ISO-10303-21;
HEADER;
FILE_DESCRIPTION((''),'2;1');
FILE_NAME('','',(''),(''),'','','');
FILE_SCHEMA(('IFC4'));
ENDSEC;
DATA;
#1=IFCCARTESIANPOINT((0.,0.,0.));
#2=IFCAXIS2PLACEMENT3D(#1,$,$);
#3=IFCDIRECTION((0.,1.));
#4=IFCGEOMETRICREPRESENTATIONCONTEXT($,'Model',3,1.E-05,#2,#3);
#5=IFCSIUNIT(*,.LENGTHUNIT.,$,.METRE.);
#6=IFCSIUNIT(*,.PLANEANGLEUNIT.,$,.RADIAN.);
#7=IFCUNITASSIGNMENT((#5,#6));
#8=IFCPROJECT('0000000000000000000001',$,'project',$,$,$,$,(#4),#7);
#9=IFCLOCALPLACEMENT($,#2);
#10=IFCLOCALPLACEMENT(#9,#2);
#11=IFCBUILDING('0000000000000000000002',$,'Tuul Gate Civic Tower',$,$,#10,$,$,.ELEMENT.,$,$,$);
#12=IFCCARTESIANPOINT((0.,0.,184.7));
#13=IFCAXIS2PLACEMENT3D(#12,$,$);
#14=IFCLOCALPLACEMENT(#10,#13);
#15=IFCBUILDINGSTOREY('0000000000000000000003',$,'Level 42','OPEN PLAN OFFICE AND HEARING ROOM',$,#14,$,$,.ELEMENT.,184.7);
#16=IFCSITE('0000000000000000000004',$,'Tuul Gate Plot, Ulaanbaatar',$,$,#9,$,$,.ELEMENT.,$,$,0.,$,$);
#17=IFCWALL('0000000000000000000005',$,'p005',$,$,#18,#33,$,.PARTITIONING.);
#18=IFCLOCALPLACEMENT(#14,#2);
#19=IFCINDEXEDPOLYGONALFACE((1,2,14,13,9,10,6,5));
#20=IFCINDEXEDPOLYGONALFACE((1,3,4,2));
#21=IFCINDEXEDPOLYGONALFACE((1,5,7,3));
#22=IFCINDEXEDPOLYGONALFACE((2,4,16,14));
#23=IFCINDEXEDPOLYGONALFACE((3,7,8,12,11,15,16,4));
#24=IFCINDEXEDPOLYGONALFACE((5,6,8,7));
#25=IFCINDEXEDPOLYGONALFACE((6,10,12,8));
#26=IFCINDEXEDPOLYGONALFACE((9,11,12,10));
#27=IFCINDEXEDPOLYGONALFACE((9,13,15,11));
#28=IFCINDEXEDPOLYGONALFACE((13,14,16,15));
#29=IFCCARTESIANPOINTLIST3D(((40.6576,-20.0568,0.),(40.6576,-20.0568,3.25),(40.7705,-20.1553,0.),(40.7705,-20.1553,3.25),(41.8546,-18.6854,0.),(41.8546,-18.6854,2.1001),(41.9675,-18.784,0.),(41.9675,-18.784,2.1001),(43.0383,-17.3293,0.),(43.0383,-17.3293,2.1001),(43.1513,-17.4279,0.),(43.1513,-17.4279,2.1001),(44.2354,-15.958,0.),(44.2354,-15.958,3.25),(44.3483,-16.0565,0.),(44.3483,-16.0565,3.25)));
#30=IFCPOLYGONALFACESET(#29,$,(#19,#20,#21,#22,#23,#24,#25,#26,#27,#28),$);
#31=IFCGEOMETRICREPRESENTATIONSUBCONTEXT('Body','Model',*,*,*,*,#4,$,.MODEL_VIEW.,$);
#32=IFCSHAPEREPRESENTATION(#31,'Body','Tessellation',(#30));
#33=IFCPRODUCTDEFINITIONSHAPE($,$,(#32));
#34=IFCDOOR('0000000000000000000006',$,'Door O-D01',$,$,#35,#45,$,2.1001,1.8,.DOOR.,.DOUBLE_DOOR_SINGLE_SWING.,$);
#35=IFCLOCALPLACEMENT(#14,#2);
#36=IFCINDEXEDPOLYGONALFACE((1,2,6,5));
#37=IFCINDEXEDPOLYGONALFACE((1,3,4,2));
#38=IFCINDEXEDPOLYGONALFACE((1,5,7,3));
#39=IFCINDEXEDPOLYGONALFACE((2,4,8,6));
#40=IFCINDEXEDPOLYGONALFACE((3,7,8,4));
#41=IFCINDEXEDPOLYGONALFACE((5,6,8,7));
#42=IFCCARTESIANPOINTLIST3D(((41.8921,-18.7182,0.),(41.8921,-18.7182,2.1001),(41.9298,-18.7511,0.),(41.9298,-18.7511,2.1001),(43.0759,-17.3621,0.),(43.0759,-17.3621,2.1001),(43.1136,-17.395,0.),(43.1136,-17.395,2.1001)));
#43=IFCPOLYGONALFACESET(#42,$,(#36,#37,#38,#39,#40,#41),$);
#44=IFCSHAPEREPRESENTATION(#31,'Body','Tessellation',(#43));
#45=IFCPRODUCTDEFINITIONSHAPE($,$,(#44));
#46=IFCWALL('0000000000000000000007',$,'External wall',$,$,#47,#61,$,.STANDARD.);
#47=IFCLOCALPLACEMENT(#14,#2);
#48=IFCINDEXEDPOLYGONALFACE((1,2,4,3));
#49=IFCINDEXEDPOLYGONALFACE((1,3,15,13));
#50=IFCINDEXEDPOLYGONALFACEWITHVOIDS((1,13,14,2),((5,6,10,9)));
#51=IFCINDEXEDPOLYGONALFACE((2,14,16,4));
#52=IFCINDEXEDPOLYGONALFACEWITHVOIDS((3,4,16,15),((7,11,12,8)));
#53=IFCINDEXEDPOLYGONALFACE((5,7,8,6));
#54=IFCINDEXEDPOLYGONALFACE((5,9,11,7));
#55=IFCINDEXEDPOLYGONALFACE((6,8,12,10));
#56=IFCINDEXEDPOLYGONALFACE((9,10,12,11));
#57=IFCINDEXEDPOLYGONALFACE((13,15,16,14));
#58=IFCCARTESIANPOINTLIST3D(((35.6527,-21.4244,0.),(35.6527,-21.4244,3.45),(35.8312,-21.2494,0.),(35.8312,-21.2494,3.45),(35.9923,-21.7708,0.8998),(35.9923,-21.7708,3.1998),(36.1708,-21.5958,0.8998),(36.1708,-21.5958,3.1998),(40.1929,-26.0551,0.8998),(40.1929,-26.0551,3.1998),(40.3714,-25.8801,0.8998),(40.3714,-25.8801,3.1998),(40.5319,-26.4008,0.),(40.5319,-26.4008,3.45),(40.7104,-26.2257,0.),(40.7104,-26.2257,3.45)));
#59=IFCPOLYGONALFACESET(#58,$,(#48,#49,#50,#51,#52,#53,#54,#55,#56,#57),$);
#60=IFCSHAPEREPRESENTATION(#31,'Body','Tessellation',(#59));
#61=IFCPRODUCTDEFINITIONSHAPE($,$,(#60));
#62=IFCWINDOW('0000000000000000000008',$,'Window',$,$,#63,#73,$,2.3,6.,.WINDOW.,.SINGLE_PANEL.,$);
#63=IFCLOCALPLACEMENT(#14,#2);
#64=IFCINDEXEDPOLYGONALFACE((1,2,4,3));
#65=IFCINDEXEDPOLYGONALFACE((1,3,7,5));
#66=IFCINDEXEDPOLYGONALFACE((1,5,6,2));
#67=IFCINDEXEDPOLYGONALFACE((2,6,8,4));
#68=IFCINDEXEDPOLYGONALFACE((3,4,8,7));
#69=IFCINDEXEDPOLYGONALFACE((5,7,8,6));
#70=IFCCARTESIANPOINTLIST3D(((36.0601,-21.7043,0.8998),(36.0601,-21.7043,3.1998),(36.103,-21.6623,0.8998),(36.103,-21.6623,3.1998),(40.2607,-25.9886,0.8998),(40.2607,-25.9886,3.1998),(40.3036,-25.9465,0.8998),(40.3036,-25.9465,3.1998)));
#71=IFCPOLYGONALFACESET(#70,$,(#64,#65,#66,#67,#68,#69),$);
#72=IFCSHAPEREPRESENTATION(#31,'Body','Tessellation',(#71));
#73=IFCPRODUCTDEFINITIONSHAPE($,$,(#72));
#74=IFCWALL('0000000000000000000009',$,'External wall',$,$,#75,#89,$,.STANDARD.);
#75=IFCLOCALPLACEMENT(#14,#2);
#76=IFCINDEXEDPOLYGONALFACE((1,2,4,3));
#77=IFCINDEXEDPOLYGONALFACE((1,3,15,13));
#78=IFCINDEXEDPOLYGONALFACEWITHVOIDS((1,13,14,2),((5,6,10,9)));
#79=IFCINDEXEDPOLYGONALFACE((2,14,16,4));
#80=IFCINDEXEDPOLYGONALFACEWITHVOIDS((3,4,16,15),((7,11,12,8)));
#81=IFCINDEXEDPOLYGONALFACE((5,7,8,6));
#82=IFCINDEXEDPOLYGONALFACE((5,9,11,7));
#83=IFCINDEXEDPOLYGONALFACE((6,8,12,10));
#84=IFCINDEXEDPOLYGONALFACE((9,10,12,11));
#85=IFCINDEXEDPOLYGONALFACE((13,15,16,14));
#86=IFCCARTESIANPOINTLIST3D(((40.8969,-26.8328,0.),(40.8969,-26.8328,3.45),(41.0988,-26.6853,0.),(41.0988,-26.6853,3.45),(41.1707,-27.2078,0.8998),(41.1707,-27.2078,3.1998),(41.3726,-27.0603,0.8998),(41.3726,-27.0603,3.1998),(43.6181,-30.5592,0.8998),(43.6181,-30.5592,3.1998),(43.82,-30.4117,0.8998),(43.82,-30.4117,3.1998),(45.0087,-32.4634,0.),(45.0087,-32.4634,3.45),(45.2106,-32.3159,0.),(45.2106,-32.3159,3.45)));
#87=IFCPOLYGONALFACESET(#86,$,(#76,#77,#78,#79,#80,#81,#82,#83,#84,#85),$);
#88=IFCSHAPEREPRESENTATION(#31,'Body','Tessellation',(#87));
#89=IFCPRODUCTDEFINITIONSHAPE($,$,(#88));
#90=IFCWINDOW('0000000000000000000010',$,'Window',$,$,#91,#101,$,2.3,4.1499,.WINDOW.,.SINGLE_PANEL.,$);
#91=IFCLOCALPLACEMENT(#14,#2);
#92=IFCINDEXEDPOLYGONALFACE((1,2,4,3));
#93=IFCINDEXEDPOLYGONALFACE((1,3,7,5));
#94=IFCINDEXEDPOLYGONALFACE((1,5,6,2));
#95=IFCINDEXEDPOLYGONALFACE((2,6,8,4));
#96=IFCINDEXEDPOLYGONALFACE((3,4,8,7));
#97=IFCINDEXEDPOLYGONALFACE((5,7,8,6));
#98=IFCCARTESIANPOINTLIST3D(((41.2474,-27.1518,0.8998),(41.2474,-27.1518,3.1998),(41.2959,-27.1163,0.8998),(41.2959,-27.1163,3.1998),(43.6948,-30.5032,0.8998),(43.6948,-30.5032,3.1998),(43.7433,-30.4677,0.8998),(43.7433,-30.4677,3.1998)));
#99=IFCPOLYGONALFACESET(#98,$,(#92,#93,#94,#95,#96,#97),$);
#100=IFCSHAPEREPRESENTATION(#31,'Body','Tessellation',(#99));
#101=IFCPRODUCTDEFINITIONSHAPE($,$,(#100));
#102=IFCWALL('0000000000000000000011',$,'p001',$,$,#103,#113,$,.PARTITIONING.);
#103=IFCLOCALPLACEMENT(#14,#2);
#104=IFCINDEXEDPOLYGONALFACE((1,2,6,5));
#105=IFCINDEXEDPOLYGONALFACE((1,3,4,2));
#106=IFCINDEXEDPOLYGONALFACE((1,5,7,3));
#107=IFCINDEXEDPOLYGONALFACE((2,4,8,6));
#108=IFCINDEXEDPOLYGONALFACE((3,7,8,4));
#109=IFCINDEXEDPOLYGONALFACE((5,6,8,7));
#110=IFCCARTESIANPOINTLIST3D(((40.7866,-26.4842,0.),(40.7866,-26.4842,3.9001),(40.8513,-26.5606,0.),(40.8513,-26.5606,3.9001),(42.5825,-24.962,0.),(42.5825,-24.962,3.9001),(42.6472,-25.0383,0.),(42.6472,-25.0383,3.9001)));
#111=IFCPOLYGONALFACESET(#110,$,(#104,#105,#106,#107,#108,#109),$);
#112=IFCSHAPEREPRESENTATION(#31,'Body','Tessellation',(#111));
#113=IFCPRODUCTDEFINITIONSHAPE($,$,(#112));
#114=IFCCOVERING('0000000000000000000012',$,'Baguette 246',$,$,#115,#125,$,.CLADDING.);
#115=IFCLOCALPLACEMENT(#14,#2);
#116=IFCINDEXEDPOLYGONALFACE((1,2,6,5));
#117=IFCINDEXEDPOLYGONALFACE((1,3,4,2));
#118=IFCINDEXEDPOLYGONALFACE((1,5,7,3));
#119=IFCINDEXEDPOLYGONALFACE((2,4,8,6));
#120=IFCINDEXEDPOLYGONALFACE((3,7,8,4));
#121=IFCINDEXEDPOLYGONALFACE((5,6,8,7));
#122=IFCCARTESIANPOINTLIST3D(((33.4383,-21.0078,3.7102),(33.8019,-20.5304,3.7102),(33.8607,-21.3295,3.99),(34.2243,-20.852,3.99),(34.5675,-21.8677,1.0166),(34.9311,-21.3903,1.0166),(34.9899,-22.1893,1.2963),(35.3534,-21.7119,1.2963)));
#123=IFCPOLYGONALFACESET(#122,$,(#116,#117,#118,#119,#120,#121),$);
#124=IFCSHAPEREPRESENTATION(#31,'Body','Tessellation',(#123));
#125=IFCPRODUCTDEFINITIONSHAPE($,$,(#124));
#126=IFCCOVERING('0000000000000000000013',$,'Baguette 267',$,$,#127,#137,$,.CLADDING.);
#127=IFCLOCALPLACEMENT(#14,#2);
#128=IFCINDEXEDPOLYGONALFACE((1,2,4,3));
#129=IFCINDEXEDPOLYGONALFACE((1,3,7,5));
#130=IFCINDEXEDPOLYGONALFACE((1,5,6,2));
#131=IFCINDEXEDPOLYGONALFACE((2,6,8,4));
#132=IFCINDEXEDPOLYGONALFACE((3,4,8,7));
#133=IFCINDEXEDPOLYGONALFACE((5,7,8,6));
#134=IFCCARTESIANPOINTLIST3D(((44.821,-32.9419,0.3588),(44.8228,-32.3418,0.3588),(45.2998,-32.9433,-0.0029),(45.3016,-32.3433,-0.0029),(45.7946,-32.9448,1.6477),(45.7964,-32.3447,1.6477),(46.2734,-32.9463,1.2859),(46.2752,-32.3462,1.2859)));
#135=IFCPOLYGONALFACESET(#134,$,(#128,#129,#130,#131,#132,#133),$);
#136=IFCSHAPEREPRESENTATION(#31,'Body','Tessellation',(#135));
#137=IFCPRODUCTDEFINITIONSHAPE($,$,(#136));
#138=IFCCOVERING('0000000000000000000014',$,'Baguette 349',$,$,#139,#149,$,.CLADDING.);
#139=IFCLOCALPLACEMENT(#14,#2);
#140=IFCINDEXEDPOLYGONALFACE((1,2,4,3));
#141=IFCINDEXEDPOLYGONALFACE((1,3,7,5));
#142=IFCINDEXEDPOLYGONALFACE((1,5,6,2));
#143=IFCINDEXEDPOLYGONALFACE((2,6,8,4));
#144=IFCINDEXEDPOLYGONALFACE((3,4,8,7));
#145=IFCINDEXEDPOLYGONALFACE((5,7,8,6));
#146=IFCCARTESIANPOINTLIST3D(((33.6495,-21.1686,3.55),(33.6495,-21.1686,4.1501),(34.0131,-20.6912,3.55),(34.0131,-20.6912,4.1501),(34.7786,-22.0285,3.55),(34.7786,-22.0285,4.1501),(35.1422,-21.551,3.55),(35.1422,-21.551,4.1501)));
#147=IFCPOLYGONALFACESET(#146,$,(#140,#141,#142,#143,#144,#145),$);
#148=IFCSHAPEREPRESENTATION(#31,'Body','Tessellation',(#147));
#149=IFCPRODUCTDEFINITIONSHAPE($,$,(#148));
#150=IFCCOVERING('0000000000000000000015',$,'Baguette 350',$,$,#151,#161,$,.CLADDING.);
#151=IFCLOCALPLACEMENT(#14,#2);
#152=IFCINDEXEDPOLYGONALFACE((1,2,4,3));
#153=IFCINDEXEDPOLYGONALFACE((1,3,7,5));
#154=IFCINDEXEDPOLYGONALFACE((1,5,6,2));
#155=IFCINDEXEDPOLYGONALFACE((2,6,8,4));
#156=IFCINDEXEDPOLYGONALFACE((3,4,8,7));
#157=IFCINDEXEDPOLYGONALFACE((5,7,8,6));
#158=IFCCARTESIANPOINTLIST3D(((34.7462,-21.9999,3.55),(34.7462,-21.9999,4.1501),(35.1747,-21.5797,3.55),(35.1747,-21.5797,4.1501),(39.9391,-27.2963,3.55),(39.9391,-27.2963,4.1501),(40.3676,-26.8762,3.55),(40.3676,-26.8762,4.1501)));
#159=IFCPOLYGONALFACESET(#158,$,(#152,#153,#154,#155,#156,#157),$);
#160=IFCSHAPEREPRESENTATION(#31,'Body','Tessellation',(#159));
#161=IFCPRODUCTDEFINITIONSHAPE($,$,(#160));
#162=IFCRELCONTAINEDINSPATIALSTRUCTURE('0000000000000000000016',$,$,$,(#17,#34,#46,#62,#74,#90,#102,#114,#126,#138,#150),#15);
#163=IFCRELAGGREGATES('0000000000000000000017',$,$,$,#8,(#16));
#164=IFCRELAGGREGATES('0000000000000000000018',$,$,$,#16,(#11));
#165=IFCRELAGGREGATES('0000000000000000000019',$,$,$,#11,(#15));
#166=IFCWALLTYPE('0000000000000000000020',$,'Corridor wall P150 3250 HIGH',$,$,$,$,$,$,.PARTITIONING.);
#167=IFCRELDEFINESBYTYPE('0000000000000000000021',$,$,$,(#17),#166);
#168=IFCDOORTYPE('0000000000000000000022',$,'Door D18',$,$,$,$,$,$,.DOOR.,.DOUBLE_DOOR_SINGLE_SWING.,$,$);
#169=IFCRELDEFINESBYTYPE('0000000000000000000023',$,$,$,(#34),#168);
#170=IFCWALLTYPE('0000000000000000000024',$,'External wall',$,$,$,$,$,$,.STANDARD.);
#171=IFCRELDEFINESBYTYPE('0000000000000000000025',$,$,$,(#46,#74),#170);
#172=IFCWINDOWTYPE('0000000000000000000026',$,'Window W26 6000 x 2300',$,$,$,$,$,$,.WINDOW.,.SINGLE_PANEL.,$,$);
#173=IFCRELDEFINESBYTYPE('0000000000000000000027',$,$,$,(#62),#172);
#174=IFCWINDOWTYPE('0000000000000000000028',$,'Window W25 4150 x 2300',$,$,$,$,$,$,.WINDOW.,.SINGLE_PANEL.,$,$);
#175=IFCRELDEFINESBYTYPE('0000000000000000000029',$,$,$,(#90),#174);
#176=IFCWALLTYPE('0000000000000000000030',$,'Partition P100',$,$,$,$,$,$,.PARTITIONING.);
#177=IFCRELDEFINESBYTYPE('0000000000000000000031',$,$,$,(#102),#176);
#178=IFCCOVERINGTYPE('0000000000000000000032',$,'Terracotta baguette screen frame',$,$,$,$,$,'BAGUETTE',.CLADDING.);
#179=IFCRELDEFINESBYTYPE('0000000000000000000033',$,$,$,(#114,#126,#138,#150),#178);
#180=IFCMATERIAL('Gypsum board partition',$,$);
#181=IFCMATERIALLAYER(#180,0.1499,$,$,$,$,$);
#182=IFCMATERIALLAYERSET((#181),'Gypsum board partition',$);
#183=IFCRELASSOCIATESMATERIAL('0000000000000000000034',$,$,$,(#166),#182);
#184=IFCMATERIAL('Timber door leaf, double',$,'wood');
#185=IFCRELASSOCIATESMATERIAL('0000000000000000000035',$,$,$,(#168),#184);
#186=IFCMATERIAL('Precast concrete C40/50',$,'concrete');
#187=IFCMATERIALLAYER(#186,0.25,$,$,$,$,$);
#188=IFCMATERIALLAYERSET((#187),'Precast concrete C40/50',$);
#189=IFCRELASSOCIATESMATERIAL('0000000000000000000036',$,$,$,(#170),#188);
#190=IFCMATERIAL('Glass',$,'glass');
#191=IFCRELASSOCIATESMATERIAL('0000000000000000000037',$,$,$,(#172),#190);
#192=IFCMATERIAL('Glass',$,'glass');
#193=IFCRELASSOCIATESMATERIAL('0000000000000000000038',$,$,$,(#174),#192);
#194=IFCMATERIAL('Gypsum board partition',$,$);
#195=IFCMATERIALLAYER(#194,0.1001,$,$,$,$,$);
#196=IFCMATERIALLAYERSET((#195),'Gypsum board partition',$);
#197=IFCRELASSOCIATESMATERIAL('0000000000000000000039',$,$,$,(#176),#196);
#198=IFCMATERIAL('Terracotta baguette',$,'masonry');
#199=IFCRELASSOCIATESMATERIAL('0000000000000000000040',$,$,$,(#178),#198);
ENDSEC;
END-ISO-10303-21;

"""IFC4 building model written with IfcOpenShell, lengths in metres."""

from ifc_helpers import new_model, si_unit, direction, frame, frame_2d, origin, origin_2d, place, context, subcontext, project, spatial, rectangle, extrude, material, layer, layer_set, material_profile, profile_set, type_object, element, fill, save


model = new_model("IFC4")

# Units and contexts
model_context = context("Model", 3, precision=1e-05, world=origin(), true_north=direction((0.0, 1.0)))
body_context = subcontext(model_context, "Body", "Model", "MODEL_VIEW")
ifc_project = project(units=[si_unit("LENGTHUNIT", "METRE"), si_unit("PLANEANGLEUNIT", "RADIAN")], contexts=[model_context])

# Site, building, storey
site_placement = place(None, origin())
site = spatial("IfcSite", under=ifc_project, at=site_placement, Name="Tuul Gate Plot, Ulaanbaatar", CompositionType="ELEMENT", RefElevation=0.0)
building_placement = place(site_placement, origin())
building = spatial("IfcBuilding", under=site, at=building_placement, Name="Tuul Gate Civic Tower", CompositionType="ELEMENT")
storey_placement = place(building_placement, frame((0.0, 0.0, 184.7)))
storey = spatial("IfcBuildingStorey", under=building, at=storey_placement, Name="Level 42", Description="OPEN PLAN OFFICE AND HEARING ROOM", CompositionType="ELEMENT", Elevation=184.7)

# Wall, opening, door
ifc_material_1 = material(Name="Gypsum board partition")
ifc_layer_1 = layer(ifc_material_1, 0.1499)
ifc_layer_set_1 = layer_set([ifc_layer_1], Name="Gypsum board partition")
wall_type_1 = type_object("IfcWallType", Name="Corridor wall P150 3250 HIGH", PredefinedType="PARTITIONING", material=ifc_layer_set_1)
wall_1_placement = place(storey_placement, frame((40.7141, -20.106, 0.0), z_axis=(0.0, 0.0, 1.0), x_axis=(0.657605, 0.753363, 0.0)))
wall_1 = element("IfcWall", 1, at=wall_1_placement, inside=storey, type_object=wall_type_1, Name="p005", PredefinedType="PARTITIONING", context=body_context, shape_type="SweptSolid", body=[
    extrude(rectangle(XDim=5.4407, YDim=0.1499, at=frame_2d((2.7202, 0.0))), origin(), (0.0, 0.0, 1.0), 3.25),
])
opening_1_placement = place(wall_1_placement, frame((1.8203, 0.0, 0.0)))
opening_1 = element("IfcOpeningElement", 2, at=opening_1_placement, cuts=wall_1, PredefinedType="OPENING", context=body_context, shape_type="SweptSolid", body=[
    extrude(rectangle(XDim=1.8, YDim=2.1001, at=frame_2d((0.8999, 1.05))), frame((0.0, 0.085, 0.0), z_axis=(0.0, -1.0, 0.0), x_axis=(1.0, 0.0, 0.0)), (0.0, 0.0, 1.0), 0.1699),
])
ifc_material_2 = material(Name="Timber door leaf, double", Category="wood")
door_type = type_object("IfcDoorType", Name="Door D18", OperationType="DOUBLE_DOOR_SINGLE_SWING", PredefinedType="DOOR", material=ifc_material_2)
door_placement = place(opening_1_placement, frame((1.8, 0.0, 0.0), z_axis=(0.0, 0.0, 1.0), x_axis=(-1.0, 0.0, 0.0)))
door = element("IfcDoor", 3, at=door_placement, inside=storey, type_object=door_type, Name="Door O-D01", OperationType="DOUBLE_DOOR_SINGLE_SWING", OverallHeight=2.1001, OverallWidth=1.8, PredefinedType="DOOR", context=body_context, shape_type="SweptSolid", body=[
    extrude(rectangle(XDim=1.8, YDim=2.1001, at=frame_2d((0.9001, 1.05))), frame((0.0, 0.0249, 0.0), z_axis=(0.0, -1.0, 0.0), x_axis=(1.0, 0.0, 0.0)), (0.0, 0.0, 1.0), 0.05),
])
fill(opening_1, door)

# Walls, openings, windows
ifc_material_3 = material(Name="Precast concrete C40/50", Category="concrete")
ifc_layer_2 = layer(ifc_material_3, 0.25)
ifc_layer_set_2 = layer_set([ifc_layer_2], Name="Precast concrete C40/50")
wall_type_2 = type_object("IfcWallType", Name="External wall", PredefinedType="STANDARD", material=ifc_layer_set_2)
wall_2_placement = place(storey_placement, frame((35.7419, -21.3369, 0.0), z_axis=(0.0, 0.0, 1.0), x_axis=(0.700101, -0.714044, 0.0)))
wall_2 = element("IfcWall", 4, at=wall_2_placement, inside=storey, type_object=wall_type_2, Name="External wall", PredefinedType="STANDARD", context=body_context, shape_type="SweptSolid", body=[
    extrude(rectangle(XDim=6.9692, YDim=0.25, at=frame_2d((3.4846, 0.0))), origin(), (0.0, 0.0, 1.0), 3.45),
])
opening_2_placement = place(wall_2_placement, frame((0.4851, 0.0, 0.8999)))
opening_2 = element("IfcOpeningElement", 5, at=opening_2_placement, cuts=wall_2, PredefinedType="OPENING", context=body_context, shape_type="SweptSolid", body=[
    extrude(rectangle(XDim=6.0, YDim=2.3, at=frame_2d((3.0, 1.1499))), frame((0.0, 0.135, 0.0), z_axis=(0.0, -1.0, 0.0), x_axis=(1.0, 0.0, 0.0)), (0.0, 0.0, 1.0), 0.27),
])
ifc_material_4 = material(Name="Glass", Category="glass")
window_type_1 = type_object("IfcWindowType", Name="Window W26 6000 x 2300", PartitioningType="SINGLE_PANEL", PredefinedType="WINDOW", material=ifc_material_4)
window_1_placement = place(opening_2_placement, origin())
window_1 = element("IfcWindow", 6, at=window_1_placement, inside=storey, type_object=window_type_1, Name="Window", OverallHeight=2.3, OverallWidth=6.0, PartitioningType="SINGLE_PANEL", PredefinedType="WINDOW", context=body_context, shape_type="SweptSolid", body=[
    extrude(rectangle(XDim=6.0, YDim=2.3, at=frame_2d((3.0, 1.1499))), frame((0.0, 0.03, 0.0), z_axis=(0.0, -1.0, 0.0), x_axis=(1.0, 0.0, 0.0)), (0.0, 0.0, 1.0), 0.0601),
])
fill(opening_2, window_1)
wall_3_placement = place(storey_placement, frame((40.9978, -26.759, 0.0), z_axis=(0.0, 0.0, 1.0), x_axis=(0.589749, -0.807587, 0.0)))
wall_3 = element("IfcWall", 7, at=wall_3_placement, inside=storey, type_object=wall_type_2, Name="External wall", PredefinedType="STANDARD", context=body_context, shape_type="SweptSolid", body=[
    extrude(rectangle(XDim=6.9722, YDim=0.25, at=frame_2d((3.4861, 0.0))), origin(), (0.0, 0.0, 1.0), 3.45),
])
opening_3_placement = place(wall_3_placement, frame((0.4644, 0.0, 0.8999)))
opening_3 = element("IfcOpeningElement", 8, at=opening_3_placement, cuts=wall_3, PredefinedType="OPENING", context=body_context, shape_type="SweptSolid", body=[
    extrude(rectangle(XDim=4.1499, YDim=2.3, at=frame_2d((2.075, 1.1499))), frame((0.0, 0.135, 0.0), z_axis=(0.0, -1.0, 0.0), x_axis=(1.0, 0.0, 0.0)), (0.0, 0.0, 1.0), 0.27),
])
ifc_material_5 = material(Name="Glass", Category="glass")
window_type_2 = type_object("IfcWindowType", Name="Window W25 4150 x 2300", PartitioningType="SINGLE_PANEL", PredefinedType="WINDOW", material=ifc_material_5)
window_2_placement = place(opening_3_placement, origin())
window_2 = element("IfcWindow", 9, at=window_2_placement, inside=storey, type_object=window_type_2, Name="Window", OverallHeight=2.3, OverallWidth=4.1499, PartitioningType="SINGLE_PANEL", PredefinedType="WINDOW", context=body_context, shape_type="SweptSolid", body=[
    extrude(rectangle(XDim=4.1499, YDim=2.3, at=frame_2d((2.075, 1.1499))), frame((0.0, 0.03, 0.0), z_axis=(0.0, -1.0, 0.0), x_axis=(1.0, 0.0, 0.0)), (0.0, 0.0, 1.0), 0.0601),
])
fill(opening_3, window_2)

# Wall
ifc_material_6 = material(Name="Gypsum board partition")
ifc_layer_3 = layer(ifc_material_6, 0.1001)
ifc_layer_set_3 = layer_set([ifc_layer_3], Name="Gypsum board partition")
wall_type_3 = type_object("IfcWallType", Name="Partition P100", PredefinedType="PARTITIONING", material=ifc_layer_set_3)
wall_4_placement = place(storey_placement, frame((40.8188, -26.5225, 0.0), z_axis=(0.0, 0.0, 1.0), x_axis=(0.762839, 0.646588, 0.0)))
element("IfcWall", 10, at=wall_4_placement, inside=storey, type_object=wall_type_3, Name="p001", PredefinedType="PARTITIONING", context=body_context, shape_type="SweptSolid", body=[
    extrude(rectangle(XDim=2.3542, YDim=0.1001, at=frame_2d((1.1772, 0.0))), origin(), (0.0, 0.0, 1.0), 3.9001),
])

# Coverings
ifc_material_7 = material(Name="Terracotta baguette", Category="masonry")
ifc_material_profile_1 = material_profile(ifc_material_7, rectangle(XDim=0.6001, YDim=0.6001, at=origin_2d()), Name="Terracotta baguette screen frame")
ifc_profile_set_1 = profile_set([ifc_material_profile_1], Name="Terracotta baguette")
covering_type = type_object("IfcCoveringType", Name="Terracotta baguette screen frame", ElementType="BAGUETTE", PredefinedType="CLADDING", material=ifc_profile_set_1)
covering_1_placement = place(storey_placement, frame((33.8313, -20.9299, 3.8501), z_axis=(0.370865, -0.282419, -0.884703), x_axis=(0.605846, 0.795582, 0.0)))
element("IfcCovering", 11, at=covering_1_placement, inside=storey, type_object=covering_type, Name="Baguette 246", PredefinedType="CLADDING", context=body_context, shape_type="SweptSolid", body=[
    extrude(rectangle(XDim=0.6001, YDim=0.6001, at=origin_2d()), origin(), (0.0, 0.0, 1.0), 3.0447),
])
covering_2_placement = place(storey_placement, frame((45.0613, -32.6426, 0.178), z_axis=(0.602777, -0.001814, 0.797908), x_axis=(0.003009, 0.999995, 0.0)))
element("IfcCovering", 12, at=covering_2_placement, inside=storey, type_object=covering_type, Name="Baguette 267", PredefinedType="CLADDING", context=body_context, shape_type="SweptSolid", body=[
    extrude(rectangle(XDim=0.6001, YDim=0.6001, at=origin_2d()), origin(), (0.0, 0.0, 1.0), 1.6152),
])
covering_3_placement = place(storey_placement, frame((33.8313, -20.9299, 3.8501), z_axis=(0.795582, -0.605846, 0.0), x_axis=(0.605846, 0.795582, 0.0)))
element("IfcCovering", 13, at=covering_3_placement, inside=storey, type_object=covering_type, Name="Baguette 349", PredefinedType="CLADDING", context=body_context, shape_type="SweptSolid", body=[
    extrude(rectangle(XDim=0.6001, YDim=0.6001, at=origin_2d()), origin(), (0.0, 0.0, 1.0), 1.4192),
])
covering_4_placement = place(storey_placement, frame((34.9604, -21.7898, 3.8501), z_axis=(0.700094, -0.71405, 0.0), x_axis=(0.71405, 0.700094, 0.0)))
element("IfcCovering", 14, at=covering_4_placement, inside=storey, type_object=covering_type, Name="Baguette 350", PredefinedType="CLADDING", context=body_context, shape_type="SweptSolid", body=[
    extrude(rectangle(XDim=0.6001, YDim=0.6001, at=origin_2d()), origin(), (0.0, 0.0, 1.0), 7.4175),
])

save(model, "model.ifc")
